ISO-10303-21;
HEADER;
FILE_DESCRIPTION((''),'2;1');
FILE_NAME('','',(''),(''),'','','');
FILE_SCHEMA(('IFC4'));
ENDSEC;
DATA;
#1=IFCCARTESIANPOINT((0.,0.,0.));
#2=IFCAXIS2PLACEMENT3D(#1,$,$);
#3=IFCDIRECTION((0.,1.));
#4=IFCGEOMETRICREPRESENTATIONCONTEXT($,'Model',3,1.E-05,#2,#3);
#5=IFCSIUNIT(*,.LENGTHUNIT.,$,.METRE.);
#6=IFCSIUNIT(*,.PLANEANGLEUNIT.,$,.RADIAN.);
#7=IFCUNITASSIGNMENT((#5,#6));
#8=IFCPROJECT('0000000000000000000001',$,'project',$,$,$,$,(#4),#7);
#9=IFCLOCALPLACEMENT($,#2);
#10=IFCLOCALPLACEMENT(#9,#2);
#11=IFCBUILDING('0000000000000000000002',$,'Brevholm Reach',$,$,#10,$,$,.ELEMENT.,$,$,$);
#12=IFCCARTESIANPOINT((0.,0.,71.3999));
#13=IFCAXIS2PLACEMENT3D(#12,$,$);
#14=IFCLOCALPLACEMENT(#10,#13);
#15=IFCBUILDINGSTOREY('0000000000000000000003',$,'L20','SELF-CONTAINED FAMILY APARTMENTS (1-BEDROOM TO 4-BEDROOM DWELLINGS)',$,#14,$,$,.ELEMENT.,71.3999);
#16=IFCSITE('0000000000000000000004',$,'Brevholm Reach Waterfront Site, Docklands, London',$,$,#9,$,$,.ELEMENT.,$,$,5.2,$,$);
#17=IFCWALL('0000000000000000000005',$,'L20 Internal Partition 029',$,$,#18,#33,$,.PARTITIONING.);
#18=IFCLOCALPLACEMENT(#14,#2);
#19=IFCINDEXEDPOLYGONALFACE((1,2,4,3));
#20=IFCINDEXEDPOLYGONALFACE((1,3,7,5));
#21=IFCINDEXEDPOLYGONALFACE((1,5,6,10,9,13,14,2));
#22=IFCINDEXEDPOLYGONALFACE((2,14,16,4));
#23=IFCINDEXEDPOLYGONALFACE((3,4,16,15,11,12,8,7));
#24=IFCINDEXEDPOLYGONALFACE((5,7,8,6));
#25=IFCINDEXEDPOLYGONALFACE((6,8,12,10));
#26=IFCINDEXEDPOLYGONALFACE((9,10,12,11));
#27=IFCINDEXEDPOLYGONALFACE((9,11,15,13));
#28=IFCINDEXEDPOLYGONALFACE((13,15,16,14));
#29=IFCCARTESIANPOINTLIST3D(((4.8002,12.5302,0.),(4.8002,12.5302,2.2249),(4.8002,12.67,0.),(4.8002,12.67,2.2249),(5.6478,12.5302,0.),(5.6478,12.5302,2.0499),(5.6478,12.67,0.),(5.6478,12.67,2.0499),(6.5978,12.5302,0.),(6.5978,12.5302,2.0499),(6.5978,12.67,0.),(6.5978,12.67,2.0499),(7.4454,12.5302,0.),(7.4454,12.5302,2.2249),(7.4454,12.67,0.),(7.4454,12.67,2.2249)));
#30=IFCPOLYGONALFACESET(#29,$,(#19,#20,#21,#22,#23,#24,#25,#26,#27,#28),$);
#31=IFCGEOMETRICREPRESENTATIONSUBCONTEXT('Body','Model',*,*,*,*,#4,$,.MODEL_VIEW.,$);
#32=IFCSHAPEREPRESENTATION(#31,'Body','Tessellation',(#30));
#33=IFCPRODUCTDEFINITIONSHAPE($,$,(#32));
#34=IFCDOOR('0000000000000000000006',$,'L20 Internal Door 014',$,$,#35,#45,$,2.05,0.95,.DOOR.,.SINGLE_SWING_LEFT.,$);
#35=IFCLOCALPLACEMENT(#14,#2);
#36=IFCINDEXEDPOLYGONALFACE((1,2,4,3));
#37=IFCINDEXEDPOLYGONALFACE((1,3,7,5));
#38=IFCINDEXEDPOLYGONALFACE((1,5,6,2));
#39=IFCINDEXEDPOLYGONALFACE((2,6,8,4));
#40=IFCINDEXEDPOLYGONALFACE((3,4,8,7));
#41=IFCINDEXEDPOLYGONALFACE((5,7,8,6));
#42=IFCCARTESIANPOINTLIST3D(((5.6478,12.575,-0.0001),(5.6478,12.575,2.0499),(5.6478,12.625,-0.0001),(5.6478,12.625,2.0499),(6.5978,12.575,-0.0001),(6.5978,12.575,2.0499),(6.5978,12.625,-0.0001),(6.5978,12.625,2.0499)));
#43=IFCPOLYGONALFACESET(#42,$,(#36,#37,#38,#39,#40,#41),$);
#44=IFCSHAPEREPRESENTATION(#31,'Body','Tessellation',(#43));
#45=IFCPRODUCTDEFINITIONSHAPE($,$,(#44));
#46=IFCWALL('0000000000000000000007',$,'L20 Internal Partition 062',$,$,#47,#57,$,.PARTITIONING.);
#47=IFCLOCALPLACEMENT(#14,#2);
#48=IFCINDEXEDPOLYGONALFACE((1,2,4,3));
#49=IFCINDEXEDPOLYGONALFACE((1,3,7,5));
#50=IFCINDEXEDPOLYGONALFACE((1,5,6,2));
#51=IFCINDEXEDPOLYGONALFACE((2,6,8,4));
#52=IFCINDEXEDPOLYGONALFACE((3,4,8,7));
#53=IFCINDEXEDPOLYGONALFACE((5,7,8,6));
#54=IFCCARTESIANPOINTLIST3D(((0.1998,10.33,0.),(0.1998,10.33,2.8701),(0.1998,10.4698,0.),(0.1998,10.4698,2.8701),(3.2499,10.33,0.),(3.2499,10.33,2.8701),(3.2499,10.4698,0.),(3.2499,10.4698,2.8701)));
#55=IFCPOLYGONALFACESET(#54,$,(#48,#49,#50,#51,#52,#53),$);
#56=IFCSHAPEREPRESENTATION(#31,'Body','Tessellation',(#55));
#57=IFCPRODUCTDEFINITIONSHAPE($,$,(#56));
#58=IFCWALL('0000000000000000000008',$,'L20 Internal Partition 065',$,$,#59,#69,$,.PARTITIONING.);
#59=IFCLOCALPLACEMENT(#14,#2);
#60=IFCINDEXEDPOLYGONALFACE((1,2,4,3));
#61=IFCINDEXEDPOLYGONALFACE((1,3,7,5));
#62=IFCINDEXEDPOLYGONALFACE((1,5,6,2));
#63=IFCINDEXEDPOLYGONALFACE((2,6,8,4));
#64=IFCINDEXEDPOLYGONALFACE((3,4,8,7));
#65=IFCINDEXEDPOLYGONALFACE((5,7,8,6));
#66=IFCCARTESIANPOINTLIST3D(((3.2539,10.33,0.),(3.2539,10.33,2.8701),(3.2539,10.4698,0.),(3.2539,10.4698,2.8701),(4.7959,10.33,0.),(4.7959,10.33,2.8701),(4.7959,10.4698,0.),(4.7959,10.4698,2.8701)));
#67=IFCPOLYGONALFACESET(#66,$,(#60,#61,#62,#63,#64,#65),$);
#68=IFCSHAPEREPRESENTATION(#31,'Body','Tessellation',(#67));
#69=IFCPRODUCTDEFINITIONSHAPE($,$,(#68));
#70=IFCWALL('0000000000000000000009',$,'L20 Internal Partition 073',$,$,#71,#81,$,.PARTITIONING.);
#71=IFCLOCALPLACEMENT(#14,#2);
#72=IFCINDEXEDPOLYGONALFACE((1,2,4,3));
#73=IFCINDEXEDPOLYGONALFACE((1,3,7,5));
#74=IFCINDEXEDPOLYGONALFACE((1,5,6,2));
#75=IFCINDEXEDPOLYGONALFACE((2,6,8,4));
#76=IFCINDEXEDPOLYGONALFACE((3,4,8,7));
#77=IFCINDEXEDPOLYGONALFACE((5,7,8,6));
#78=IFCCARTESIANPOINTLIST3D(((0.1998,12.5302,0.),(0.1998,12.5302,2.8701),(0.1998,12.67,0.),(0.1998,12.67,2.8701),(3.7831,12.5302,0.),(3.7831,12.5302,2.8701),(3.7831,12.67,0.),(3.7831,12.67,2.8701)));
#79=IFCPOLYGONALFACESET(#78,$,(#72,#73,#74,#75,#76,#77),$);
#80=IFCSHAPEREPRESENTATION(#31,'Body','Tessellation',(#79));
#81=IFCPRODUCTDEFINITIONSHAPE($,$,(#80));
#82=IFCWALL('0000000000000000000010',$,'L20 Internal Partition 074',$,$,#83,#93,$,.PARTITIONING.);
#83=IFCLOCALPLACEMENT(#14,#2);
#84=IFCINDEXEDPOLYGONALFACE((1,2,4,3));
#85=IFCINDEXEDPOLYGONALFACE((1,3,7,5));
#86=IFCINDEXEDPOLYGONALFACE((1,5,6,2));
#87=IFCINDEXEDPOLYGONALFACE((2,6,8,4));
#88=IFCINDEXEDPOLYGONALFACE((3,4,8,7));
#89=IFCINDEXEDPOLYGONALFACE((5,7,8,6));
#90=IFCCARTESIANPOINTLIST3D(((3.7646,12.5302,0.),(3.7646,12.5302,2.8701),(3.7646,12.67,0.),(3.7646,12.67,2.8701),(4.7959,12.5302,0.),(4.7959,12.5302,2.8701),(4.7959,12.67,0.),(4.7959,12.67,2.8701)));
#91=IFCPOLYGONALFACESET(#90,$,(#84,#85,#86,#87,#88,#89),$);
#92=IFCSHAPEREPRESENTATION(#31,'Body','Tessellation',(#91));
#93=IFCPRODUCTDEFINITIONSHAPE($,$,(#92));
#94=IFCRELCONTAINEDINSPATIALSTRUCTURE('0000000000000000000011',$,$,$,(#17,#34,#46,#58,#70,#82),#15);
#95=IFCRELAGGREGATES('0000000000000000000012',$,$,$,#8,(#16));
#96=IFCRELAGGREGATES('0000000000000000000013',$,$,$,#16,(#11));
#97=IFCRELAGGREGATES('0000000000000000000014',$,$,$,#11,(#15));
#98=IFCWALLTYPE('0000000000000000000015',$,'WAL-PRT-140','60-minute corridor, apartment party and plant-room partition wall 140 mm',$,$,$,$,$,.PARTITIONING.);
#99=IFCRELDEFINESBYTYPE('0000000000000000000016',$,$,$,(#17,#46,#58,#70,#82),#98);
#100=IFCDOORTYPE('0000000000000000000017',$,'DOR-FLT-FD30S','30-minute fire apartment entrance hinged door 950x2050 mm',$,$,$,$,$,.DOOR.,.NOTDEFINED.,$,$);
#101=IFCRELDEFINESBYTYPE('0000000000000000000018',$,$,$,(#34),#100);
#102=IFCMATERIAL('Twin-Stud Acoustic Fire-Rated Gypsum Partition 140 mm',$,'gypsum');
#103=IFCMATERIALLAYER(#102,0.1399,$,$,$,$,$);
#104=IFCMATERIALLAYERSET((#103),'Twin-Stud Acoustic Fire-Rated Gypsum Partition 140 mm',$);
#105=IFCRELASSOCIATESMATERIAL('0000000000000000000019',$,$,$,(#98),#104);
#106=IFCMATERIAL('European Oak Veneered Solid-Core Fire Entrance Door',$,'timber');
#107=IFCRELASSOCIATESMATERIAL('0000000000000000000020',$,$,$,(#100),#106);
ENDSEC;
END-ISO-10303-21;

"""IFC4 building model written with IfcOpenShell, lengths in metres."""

from ifc_helpers import new_model, si_unit, direction, frame, frame_2d, origin, place, context, subcontext, project, spatial, rectangle, extrude, material, layer, layer_set, type_object, element, fill, save


model = new_model("IFC4")

# Units and contexts
model_context = context("Model", 3, precision=1e-05, world=origin(), true_north=direction((0.0, 1.0)))
body_context = subcontext(model_context, "Body", "Model", "MODEL_VIEW")
ifc_project = project(units=[si_unit("LENGTHUNIT", "METRE"), si_unit("PLANEANGLEUNIT", "RADIAN")], contexts=[model_context])

# Site, building, storey
site_placement = place(None, origin())
site = spatial("IfcSite", under=ifc_project, at=site_placement, Name="Brevholm Reach Waterfront Site, Docklands, London", CompositionType="ELEMENT", RefElevation=5.2)
building_placement = place(site_placement, origin())
building = spatial("IfcBuilding", under=site, at=building_placement, Name="Brevholm Reach", CompositionType="ELEMENT")
storey_placement = place(building_placement, frame((0.0, 0.0, 71.3999)))
storey = spatial("IfcBuildingStorey", under=building, at=storey_placement, Name="L20", Description="SELF-CONTAINED FAMILY APARTMENTS (1-BEDROOM TO 4-BEDROOM DWELLINGS)", CompositionType="ELEMENT", Elevation=71.3999)

# Shared definitions
ifc_material_1 = material(Name="Twin-Stud Acoustic Fire-Rated Gypsum Partition 140 mm", Category="gypsum")
ifc_layer_1 = layer(ifc_material_1, 0.1399)
ifc_layer_set_1 = layer_set([ifc_layer_1], Name="Twin-Stud Acoustic Fire-Rated Gypsum Partition 140 mm")
wall_type_1 = type_object("IfcWallType", Name="WAL-PRT-140", Description="60-minute corridor, apartment party and plant-room partition wall 140 mm", PredefinedType="PARTITIONING", material=ifc_layer_set_1)

# Shared definitions
ifc_material_2 = material(Name="European Oak Veneered Solid-Core Fire Entrance Door", Category="timber")
door_type_1 = type_object("IfcDoorType", Name="DOR-FLT-FD30S", Description="30-minute fire apartment entrance hinged door 950x2050 mm", OperationType="NOTDEFINED", PredefinedType="DOOR", material=ifc_material_2)

# Wall, opening, door
wall_1_placement = place(storey_placement, frame((4.8, 12.6001, 0.0), z_axis=(0.0, 0.0, 1.0), x_axis=(1.0, 0.0, 0.0)))
wall_1 = element("IfcWall", 1, at=wall_1_placement, inside=storey, type_object=wall_type_1, Name="L20 Internal Partition 029", PredefinedType="PARTITIONING", context=body_context, shape_type="SweptSolid", body=[
    extrude(rectangle(XDim=2.6453, YDim=0.1399, at=frame_2d((1.3228, 0.0))), origin(), (0.0, 0.0, 1.0), 2.2249),
])
opening_1_placement = place(wall_1_placement, frame((0.8477, 0.0, 0.0)))
opening_1 = element("IfcOpeningElement", 2, at=opening_1_placement, cuts=wall_1, PredefinedType="OPENING", context=body_context, shape_type="SweptSolid", body=[
    extrude(rectangle(XDim=0.95, YDim=2.05, at=frame_2d((0.4751, 1.0249))), frame((0.0, 0.0798, 0.0), z_axis=(0.0, -1.0, 0.0), x_axis=(1.0, 0.0, 0.0)), (0.0, 0.0, 1.0), 0.1599),
])
door_1_placement = place(opening_1_placement, origin())
door_1 = element("IfcDoor", 3, at=door_1_placement, inside=storey, type_object=door_type_1, Name="L20 Internal Door 014", OperationType="SINGLE_SWING_LEFT", OverallHeight=2.05, OverallWidth=0.95, PredefinedType="DOOR", context=body_context, shape_type="SweptSolid", body=[
    extrude(rectangle(XDim=0.95, YDim=2.05, at=frame_2d((0.4751, 1.0249))), frame((0.0, 0.0249, 0.0), z_axis=(0.0, -1.0, 0.0), x_axis=(1.0, 0.0, 0.0)), (0.0, 0.0, 1.0), 0.05),
])
fill(opening_1, door_1)

# Walls
wall_2_placement = place(storey_placement, frame((0.2, 10.3999, 0.0), z_axis=(0.0, 0.0, 1.0), x_axis=(1.0, 0.0, 0.0)))
element("IfcWall", 4, at=wall_2_placement, inside=storey, type_object=wall_type_1, Name="L20 Internal Partition 062", PredefinedType="PARTITIONING", context=body_context, shape_type="SweptSolid", body=[
    extrude(rectangle(XDim=3.05, YDim=0.1399, at=frame_2d((1.5249, 0.0))), origin(), (0.0, 0.0, 1.0), 2.8701),
])
wall_3_placement = place(storey_placement, frame((3.2539, 10.3999, 0.0), z_axis=(0.0, 0.0, 1.0), x_axis=(1.0, 0.0, 0.0)))
element("IfcWall", 5, at=wall_3_placement, inside=storey, type_object=wall_type_1, Name="L20 Internal Partition 065", PredefinedType="PARTITIONING", context=body_context, shape_type="SweptSolid", body=[
    extrude(rectangle(XDim=1.542, YDim=0.1399, at=frame_2d((0.771, 0.0))), origin(), (0.0, 0.0, 1.0), 2.8701),
])
wall_4_placement = place(storey_placement, frame((0.2, 12.6001, 0.0), z_axis=(0.0, 0.0, 1.0), x_axis=(1.0, 0.0, 0.0)))
element("IfcWall", 6, at=wall_4_placement, inside=storey, type_object=wall_type_1, Name="L20 Internal Partition 073", PredefinedType="PARTITIONING", context=body_context, shape_type="SweptSolid", body=[
    extrude(rectangle(XDim=3.5833, YDim=0.1399, at=frame_2d((1.7915, 0.0))), origin(), (0.0, 0.0, 1.0), 2.8701),
])
wall_5_placement = place(storey_placement, frame((3.7646, 12.6001, 0.0), z_axis=(0.0, 0.0, 1.0), x_axis=(1.0, 0.0, 0.0)))
element("IfcWall", 7, at=wall_5_placement, inside=storey, type_object=wall_type_1, Name="L20 Internal Partition 074", PredefinedType="PARTITIONING", context=body_context, shape_type="SweptSolid", body=[
    extrude(rectangle(XDim=1.0312, YDim=0.1399, at=frame_2d((0.5156, 0.0))), origin(), (0.0, 0.0, 1.0), 2.8701),
])

save(model, "model.ifc")
